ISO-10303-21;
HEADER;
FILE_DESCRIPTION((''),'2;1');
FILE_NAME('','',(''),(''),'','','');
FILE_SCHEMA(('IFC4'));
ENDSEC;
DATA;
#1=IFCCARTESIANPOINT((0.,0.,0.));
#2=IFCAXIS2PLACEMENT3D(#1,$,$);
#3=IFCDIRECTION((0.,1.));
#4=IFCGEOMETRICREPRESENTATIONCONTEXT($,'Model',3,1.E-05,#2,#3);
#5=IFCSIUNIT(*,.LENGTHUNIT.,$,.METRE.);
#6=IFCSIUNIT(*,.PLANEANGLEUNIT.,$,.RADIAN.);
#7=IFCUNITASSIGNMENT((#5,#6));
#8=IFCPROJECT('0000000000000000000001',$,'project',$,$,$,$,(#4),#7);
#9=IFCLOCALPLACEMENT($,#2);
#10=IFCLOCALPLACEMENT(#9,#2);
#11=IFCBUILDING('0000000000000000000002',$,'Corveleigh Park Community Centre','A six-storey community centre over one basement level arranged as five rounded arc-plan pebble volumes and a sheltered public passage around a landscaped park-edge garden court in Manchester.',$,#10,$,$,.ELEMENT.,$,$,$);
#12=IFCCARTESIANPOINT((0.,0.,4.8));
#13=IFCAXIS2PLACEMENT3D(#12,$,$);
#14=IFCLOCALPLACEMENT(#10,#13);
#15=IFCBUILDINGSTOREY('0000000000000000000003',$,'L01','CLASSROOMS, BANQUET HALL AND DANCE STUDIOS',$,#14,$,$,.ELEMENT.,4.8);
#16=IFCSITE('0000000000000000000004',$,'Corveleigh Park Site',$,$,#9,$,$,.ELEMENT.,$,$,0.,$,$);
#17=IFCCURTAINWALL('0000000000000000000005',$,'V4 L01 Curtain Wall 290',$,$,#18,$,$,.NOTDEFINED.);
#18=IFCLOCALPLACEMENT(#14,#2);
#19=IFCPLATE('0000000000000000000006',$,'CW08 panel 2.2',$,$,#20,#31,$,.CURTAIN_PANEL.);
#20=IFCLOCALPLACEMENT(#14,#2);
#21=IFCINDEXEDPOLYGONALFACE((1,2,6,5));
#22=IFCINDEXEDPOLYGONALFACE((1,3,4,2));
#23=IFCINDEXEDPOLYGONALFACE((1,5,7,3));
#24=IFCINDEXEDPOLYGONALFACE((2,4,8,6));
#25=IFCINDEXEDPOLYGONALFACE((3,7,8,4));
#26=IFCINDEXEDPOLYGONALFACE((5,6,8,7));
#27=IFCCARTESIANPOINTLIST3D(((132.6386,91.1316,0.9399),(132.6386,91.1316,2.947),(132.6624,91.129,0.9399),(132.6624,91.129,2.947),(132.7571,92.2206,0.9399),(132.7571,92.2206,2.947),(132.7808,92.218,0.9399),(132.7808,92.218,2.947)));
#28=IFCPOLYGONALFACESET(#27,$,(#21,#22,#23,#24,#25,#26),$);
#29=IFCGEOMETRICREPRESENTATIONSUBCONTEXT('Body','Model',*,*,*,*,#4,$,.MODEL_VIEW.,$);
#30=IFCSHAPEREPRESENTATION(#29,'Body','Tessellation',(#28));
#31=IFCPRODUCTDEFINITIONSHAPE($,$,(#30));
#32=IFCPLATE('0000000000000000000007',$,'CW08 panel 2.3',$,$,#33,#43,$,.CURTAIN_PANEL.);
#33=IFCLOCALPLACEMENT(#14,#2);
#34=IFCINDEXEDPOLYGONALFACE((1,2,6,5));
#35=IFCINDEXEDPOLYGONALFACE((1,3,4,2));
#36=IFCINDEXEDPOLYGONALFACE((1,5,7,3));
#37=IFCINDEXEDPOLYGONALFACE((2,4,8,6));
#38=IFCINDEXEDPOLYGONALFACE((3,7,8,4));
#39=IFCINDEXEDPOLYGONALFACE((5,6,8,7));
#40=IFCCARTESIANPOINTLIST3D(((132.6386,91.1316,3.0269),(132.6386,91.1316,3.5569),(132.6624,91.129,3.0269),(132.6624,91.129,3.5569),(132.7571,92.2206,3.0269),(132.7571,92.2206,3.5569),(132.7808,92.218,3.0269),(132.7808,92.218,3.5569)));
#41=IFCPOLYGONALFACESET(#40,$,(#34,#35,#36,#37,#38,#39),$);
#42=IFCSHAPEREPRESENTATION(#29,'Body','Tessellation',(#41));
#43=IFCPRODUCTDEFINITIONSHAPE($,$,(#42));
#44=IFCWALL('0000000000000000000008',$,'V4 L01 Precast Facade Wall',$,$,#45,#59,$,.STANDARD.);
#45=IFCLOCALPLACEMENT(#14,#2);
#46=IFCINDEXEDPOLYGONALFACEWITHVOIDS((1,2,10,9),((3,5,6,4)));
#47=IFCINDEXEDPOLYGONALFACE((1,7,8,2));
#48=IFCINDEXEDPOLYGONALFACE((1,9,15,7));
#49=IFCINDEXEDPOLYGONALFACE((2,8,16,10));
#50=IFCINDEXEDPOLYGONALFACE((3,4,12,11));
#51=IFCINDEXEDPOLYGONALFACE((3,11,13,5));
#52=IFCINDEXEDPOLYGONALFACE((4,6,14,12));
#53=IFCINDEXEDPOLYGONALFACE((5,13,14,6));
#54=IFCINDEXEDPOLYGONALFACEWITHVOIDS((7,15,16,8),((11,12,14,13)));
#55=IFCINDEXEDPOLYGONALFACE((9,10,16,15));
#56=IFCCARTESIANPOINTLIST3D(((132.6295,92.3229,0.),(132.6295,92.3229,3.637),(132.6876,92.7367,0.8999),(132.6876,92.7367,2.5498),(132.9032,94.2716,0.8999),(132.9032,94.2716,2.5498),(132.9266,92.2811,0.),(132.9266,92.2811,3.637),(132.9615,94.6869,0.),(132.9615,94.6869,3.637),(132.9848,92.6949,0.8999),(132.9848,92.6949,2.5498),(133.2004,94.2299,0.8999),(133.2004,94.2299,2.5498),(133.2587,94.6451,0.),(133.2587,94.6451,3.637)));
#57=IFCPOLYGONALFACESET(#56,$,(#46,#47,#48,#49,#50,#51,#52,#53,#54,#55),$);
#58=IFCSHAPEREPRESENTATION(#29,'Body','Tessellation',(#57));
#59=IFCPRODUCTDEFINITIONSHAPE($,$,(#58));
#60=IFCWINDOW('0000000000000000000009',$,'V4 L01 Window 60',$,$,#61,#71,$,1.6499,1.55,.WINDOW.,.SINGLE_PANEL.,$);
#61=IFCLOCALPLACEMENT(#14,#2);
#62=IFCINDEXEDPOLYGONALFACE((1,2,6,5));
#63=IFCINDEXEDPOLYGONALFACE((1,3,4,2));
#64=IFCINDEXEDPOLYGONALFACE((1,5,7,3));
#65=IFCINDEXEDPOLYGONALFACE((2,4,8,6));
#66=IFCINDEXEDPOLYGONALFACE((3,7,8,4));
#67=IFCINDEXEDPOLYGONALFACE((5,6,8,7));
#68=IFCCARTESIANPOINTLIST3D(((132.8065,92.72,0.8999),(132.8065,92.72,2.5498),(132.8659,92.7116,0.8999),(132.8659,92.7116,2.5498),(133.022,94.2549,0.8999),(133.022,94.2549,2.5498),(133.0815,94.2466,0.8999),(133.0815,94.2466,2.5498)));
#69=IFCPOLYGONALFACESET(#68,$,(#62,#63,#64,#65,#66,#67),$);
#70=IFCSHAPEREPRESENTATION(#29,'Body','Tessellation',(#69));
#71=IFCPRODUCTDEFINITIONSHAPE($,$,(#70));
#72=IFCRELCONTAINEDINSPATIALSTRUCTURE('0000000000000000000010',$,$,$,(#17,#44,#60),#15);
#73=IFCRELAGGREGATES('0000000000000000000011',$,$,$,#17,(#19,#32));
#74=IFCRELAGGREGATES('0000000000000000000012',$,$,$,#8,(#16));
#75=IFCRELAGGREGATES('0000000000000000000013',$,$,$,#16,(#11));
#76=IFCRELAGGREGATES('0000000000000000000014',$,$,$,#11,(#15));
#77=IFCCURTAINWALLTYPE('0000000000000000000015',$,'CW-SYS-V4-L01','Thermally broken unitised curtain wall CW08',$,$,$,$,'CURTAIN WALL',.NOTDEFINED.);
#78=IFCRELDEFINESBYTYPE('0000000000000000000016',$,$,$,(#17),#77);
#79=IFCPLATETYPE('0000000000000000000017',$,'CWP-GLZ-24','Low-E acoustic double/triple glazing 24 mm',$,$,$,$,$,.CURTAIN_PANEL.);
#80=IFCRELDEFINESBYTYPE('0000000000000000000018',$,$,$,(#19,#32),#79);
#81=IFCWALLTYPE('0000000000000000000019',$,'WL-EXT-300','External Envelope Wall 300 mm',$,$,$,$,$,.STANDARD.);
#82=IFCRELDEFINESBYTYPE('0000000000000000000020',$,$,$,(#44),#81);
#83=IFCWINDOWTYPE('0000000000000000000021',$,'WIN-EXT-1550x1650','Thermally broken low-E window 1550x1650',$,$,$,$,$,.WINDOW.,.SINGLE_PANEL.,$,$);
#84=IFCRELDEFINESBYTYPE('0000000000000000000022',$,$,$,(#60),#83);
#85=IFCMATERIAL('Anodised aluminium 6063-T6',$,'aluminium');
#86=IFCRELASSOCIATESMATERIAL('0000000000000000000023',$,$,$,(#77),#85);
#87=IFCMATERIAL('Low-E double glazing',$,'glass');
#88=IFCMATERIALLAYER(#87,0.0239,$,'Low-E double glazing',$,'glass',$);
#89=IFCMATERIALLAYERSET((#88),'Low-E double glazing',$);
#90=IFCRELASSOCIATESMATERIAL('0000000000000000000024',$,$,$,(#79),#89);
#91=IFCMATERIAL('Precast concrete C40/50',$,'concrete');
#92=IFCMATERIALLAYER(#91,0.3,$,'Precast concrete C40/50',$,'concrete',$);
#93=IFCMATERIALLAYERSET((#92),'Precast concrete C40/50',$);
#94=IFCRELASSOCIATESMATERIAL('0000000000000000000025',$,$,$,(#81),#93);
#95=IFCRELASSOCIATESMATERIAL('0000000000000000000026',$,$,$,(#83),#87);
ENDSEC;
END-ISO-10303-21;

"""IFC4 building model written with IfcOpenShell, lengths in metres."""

from ifc_helpers import new_model, si_unit, direction, frame, frame_2d, origin, origin_2d, place, context, subcontext, project, spatial, rectangle, extrude, material, layer, layer_set, type_object, element, fill, aggregate, save


model = new_model("IFC4")

# Units and contexts
model_context = context("Model", 3, precision=1e-05, world=origin(), true_north=direction((0.0, 1.0)))
body_context = subcontext(model_context, "Body", "Model", "MODEL_VIEW")
ifc_project = project(units=[si_unit("LENGTHUNIT", "METRE"), si_unit("PLANEANGLEUNIT", "RADIAN")], contexts=[model_context])

# Site, building, storey
site_placement = place(None, origin())
site = spatial("IfcSite", under=ifc_project, at=site_placement, Name="Corveleigh Park Site", CompositionType="ELEMENT", RefElevation=0.0)
building_placement = place(site_placement, origin())
building = spatial("IfcBuilding", under=site, at=building_placement, Name="Corveleigh Park Community Centre", Description="A six-storey community centre over one basement level arranged as five rounded arc-plan pebble volumes and a sheltered public passage around a landscaped park-edge garden court in Manchester.", CompositionType="ELEMENT")
storey_placement = place(building_placement, frame((0.0, 0.0, 4.8)))
storey = spatial("IfcBuildingStorey", under=building, at=storey_placement, Name="L01", Description="CLASSROOMS, BANQUET HALL AND DANCE STUDIOS", CompositionType="ELEMENT", Elevation=4.8)

# Shared definitions
ifc_material_1 = material(Name="Anodised aluminium 6063-T6", Category="aluminium")
curtain_wall_type = type_object("IfcCurtainWallType", Name="CW-SYS-V4-L01", Description="Thermally broken unitised curtain wall CW08", ElementType="CURTAIN WALL", PredefinedType="NOTDEFINED", material=ifc_material_1)

# Curtain wall
curtain_wall_1_placement = place(storey_placement, origin())
curtain_wall_1 = element("IfcCurtainWall", 1, at=curtain_wall_1_placement, inside=storey, type_object=curtain_wall_type, Name="V4 L01 Curtain Wall 290", PredefinedType="NOTDEFINED")

# Plates
ifc_material_2 = material(Name="Low-E double glazing", Category="glass")
ifc_layer_1 = layer(ifc_material_2, 0.0239, Name="Low-E double glazing", Category="glass")
ifc_layer_set_1 = layer_set([ifc_layer_1], Name="Low-E double glazing")
plate_type = type_object("IfcPlateType", Name="CWP-GLZ-24", Description="Low-E acoustic double/triple glazing 24 mm", PredefinedType="CURTAIN_PANEL", material=ifc_layer_set_1)
plate_1_placement = place(storey_placement, frame((132.7097, 91.6748, 0.9399), z_axis=(0.0, 0.0, 1.0), x_axis=(0.108131, 0.994137, 0.0)))
plate_1 = element("IfcPlate", 2, at=plate_1_placement, type_object=plate_type, Name="CW08 panel 2.2", PredefinedType="CURTAIN_PANEL", context=body_context, shape_type="SweptSolid", body=[
    extrude(rectangle(XDim=1.0955, YDim=0.0239, at=origin_2d()), origin(), (0.0, 0.0, 1.0), 2.0071),
])
plate_2_placement = place(storey_placement, frame((132.7097, 91.6748, 3.0269), z_axis=(0.0, 0.0, 1.0), x_axis=(0.108131, 0.994137, 0.0)))
plate_2 = element("IfcPlate", 3, at=plate_2_placement, type_object=plate_type, Name="CW08 panel 2.3", PredefinedType="CURTAIN_PANEL", context=body_context, shape_type="SweptSolid", body=[
    extrude(rectangle(XDim=1.0955, YDim=0.0239, at=origin_2d()), origin(), (0.0, 0.0, 1.0), 0.53),
])
aggregate(curtain_wall_1, [plate_1, plate_2])

# Wall, opening, window
ifc_material_3 = material(Name="Precast concrete C40/50", Category="concrete")
ifc_layer_2 = layer(ifc_material_3, 0.3, Name="Precast concrete C40/50", Category="concrete")
ifc_layer_set_2 = layer_set([ifc_layer_2], Name="Precast concrete C40/50")
wall_type = type_object("IfcWallType", Name="WL-EXT-300", Description="External Envelope Wall 300 mm", PredefinedType="STANDARD", material=ifc_layer_set_2)
wall_placement = place(storey_placement, frame((132.7781, 92.302, 0.0), z_axis=(0.0, 0.0, 1.0), x_axis=(0.139087, 0.99028, 0.0)))
wall = element("IfcWall", 4, at=wall_placement, inside=storey, type_object=wall_type, Name="V4 L01 Precast Facade Wall", PredefinedType="STANDARD", context=body_context, shape_type="SweptSolid", body=[
    extrude(rectangle(XDim=2.3872, YDim=0.3, at=frame_2d((1.1936, 0.0))), origin(), (0.0, 0.0, 1.0), 3.637),
])
opening_placement = place(wall_placement, frame((0.418, 0.0, 0.8999)))
opening = element("IfcOpeningElement", 5, at=opening_placement, cuts=wall, PredefinedType="OPENING", context=body_context, shape_type="SweptSolid", body=[
    extrude(rectangle(XDim=1.55, YDim=1.6499, at=frame_2d((0.7749, 0.825))), frame((0.0, 0.1599, 0.0), z_axis=(0.0, -1.0, 0.0), x_axis=(1.0, 0.0, 0.0)), (0.0, 0.0, 1.0), 0.3201),
])
window_type = type_object("IfcWindowType", Name="WIN-EXT-1550x1650", Description="Thermally broken low-E window 1550x1650", PartitioningType="SINGLE_PANEL", PredefinedType="WINDOW", material=ifc_material_2)
window_placement = place(opening_placement, origin())
window = element("IfcWindow", 6, at=window_placement, inside=storey, type_object=window_type, Name="V4 L01 Window 60", OverallHeight=1.6499, OverallWidth=1.55, PartitioningType="SINGLE_PANEL", PredefinedType="WINDOW", context=body_context, shape_type="SweptSolid", body=[
    extrude(rectangle(XDim=1.55, YDim=1.6499, at=frame_2d((0.7749, 0.825))), frame((0.0, 0.03, 0.0), z_axis=(0.0, -1.0, 0.0), x_axis=(1.0, 0.0, 0.0)), (0.0, 0.0, 1.0), 0.0601),
])
fill(opening, window)

save(model, "model.ifc")
